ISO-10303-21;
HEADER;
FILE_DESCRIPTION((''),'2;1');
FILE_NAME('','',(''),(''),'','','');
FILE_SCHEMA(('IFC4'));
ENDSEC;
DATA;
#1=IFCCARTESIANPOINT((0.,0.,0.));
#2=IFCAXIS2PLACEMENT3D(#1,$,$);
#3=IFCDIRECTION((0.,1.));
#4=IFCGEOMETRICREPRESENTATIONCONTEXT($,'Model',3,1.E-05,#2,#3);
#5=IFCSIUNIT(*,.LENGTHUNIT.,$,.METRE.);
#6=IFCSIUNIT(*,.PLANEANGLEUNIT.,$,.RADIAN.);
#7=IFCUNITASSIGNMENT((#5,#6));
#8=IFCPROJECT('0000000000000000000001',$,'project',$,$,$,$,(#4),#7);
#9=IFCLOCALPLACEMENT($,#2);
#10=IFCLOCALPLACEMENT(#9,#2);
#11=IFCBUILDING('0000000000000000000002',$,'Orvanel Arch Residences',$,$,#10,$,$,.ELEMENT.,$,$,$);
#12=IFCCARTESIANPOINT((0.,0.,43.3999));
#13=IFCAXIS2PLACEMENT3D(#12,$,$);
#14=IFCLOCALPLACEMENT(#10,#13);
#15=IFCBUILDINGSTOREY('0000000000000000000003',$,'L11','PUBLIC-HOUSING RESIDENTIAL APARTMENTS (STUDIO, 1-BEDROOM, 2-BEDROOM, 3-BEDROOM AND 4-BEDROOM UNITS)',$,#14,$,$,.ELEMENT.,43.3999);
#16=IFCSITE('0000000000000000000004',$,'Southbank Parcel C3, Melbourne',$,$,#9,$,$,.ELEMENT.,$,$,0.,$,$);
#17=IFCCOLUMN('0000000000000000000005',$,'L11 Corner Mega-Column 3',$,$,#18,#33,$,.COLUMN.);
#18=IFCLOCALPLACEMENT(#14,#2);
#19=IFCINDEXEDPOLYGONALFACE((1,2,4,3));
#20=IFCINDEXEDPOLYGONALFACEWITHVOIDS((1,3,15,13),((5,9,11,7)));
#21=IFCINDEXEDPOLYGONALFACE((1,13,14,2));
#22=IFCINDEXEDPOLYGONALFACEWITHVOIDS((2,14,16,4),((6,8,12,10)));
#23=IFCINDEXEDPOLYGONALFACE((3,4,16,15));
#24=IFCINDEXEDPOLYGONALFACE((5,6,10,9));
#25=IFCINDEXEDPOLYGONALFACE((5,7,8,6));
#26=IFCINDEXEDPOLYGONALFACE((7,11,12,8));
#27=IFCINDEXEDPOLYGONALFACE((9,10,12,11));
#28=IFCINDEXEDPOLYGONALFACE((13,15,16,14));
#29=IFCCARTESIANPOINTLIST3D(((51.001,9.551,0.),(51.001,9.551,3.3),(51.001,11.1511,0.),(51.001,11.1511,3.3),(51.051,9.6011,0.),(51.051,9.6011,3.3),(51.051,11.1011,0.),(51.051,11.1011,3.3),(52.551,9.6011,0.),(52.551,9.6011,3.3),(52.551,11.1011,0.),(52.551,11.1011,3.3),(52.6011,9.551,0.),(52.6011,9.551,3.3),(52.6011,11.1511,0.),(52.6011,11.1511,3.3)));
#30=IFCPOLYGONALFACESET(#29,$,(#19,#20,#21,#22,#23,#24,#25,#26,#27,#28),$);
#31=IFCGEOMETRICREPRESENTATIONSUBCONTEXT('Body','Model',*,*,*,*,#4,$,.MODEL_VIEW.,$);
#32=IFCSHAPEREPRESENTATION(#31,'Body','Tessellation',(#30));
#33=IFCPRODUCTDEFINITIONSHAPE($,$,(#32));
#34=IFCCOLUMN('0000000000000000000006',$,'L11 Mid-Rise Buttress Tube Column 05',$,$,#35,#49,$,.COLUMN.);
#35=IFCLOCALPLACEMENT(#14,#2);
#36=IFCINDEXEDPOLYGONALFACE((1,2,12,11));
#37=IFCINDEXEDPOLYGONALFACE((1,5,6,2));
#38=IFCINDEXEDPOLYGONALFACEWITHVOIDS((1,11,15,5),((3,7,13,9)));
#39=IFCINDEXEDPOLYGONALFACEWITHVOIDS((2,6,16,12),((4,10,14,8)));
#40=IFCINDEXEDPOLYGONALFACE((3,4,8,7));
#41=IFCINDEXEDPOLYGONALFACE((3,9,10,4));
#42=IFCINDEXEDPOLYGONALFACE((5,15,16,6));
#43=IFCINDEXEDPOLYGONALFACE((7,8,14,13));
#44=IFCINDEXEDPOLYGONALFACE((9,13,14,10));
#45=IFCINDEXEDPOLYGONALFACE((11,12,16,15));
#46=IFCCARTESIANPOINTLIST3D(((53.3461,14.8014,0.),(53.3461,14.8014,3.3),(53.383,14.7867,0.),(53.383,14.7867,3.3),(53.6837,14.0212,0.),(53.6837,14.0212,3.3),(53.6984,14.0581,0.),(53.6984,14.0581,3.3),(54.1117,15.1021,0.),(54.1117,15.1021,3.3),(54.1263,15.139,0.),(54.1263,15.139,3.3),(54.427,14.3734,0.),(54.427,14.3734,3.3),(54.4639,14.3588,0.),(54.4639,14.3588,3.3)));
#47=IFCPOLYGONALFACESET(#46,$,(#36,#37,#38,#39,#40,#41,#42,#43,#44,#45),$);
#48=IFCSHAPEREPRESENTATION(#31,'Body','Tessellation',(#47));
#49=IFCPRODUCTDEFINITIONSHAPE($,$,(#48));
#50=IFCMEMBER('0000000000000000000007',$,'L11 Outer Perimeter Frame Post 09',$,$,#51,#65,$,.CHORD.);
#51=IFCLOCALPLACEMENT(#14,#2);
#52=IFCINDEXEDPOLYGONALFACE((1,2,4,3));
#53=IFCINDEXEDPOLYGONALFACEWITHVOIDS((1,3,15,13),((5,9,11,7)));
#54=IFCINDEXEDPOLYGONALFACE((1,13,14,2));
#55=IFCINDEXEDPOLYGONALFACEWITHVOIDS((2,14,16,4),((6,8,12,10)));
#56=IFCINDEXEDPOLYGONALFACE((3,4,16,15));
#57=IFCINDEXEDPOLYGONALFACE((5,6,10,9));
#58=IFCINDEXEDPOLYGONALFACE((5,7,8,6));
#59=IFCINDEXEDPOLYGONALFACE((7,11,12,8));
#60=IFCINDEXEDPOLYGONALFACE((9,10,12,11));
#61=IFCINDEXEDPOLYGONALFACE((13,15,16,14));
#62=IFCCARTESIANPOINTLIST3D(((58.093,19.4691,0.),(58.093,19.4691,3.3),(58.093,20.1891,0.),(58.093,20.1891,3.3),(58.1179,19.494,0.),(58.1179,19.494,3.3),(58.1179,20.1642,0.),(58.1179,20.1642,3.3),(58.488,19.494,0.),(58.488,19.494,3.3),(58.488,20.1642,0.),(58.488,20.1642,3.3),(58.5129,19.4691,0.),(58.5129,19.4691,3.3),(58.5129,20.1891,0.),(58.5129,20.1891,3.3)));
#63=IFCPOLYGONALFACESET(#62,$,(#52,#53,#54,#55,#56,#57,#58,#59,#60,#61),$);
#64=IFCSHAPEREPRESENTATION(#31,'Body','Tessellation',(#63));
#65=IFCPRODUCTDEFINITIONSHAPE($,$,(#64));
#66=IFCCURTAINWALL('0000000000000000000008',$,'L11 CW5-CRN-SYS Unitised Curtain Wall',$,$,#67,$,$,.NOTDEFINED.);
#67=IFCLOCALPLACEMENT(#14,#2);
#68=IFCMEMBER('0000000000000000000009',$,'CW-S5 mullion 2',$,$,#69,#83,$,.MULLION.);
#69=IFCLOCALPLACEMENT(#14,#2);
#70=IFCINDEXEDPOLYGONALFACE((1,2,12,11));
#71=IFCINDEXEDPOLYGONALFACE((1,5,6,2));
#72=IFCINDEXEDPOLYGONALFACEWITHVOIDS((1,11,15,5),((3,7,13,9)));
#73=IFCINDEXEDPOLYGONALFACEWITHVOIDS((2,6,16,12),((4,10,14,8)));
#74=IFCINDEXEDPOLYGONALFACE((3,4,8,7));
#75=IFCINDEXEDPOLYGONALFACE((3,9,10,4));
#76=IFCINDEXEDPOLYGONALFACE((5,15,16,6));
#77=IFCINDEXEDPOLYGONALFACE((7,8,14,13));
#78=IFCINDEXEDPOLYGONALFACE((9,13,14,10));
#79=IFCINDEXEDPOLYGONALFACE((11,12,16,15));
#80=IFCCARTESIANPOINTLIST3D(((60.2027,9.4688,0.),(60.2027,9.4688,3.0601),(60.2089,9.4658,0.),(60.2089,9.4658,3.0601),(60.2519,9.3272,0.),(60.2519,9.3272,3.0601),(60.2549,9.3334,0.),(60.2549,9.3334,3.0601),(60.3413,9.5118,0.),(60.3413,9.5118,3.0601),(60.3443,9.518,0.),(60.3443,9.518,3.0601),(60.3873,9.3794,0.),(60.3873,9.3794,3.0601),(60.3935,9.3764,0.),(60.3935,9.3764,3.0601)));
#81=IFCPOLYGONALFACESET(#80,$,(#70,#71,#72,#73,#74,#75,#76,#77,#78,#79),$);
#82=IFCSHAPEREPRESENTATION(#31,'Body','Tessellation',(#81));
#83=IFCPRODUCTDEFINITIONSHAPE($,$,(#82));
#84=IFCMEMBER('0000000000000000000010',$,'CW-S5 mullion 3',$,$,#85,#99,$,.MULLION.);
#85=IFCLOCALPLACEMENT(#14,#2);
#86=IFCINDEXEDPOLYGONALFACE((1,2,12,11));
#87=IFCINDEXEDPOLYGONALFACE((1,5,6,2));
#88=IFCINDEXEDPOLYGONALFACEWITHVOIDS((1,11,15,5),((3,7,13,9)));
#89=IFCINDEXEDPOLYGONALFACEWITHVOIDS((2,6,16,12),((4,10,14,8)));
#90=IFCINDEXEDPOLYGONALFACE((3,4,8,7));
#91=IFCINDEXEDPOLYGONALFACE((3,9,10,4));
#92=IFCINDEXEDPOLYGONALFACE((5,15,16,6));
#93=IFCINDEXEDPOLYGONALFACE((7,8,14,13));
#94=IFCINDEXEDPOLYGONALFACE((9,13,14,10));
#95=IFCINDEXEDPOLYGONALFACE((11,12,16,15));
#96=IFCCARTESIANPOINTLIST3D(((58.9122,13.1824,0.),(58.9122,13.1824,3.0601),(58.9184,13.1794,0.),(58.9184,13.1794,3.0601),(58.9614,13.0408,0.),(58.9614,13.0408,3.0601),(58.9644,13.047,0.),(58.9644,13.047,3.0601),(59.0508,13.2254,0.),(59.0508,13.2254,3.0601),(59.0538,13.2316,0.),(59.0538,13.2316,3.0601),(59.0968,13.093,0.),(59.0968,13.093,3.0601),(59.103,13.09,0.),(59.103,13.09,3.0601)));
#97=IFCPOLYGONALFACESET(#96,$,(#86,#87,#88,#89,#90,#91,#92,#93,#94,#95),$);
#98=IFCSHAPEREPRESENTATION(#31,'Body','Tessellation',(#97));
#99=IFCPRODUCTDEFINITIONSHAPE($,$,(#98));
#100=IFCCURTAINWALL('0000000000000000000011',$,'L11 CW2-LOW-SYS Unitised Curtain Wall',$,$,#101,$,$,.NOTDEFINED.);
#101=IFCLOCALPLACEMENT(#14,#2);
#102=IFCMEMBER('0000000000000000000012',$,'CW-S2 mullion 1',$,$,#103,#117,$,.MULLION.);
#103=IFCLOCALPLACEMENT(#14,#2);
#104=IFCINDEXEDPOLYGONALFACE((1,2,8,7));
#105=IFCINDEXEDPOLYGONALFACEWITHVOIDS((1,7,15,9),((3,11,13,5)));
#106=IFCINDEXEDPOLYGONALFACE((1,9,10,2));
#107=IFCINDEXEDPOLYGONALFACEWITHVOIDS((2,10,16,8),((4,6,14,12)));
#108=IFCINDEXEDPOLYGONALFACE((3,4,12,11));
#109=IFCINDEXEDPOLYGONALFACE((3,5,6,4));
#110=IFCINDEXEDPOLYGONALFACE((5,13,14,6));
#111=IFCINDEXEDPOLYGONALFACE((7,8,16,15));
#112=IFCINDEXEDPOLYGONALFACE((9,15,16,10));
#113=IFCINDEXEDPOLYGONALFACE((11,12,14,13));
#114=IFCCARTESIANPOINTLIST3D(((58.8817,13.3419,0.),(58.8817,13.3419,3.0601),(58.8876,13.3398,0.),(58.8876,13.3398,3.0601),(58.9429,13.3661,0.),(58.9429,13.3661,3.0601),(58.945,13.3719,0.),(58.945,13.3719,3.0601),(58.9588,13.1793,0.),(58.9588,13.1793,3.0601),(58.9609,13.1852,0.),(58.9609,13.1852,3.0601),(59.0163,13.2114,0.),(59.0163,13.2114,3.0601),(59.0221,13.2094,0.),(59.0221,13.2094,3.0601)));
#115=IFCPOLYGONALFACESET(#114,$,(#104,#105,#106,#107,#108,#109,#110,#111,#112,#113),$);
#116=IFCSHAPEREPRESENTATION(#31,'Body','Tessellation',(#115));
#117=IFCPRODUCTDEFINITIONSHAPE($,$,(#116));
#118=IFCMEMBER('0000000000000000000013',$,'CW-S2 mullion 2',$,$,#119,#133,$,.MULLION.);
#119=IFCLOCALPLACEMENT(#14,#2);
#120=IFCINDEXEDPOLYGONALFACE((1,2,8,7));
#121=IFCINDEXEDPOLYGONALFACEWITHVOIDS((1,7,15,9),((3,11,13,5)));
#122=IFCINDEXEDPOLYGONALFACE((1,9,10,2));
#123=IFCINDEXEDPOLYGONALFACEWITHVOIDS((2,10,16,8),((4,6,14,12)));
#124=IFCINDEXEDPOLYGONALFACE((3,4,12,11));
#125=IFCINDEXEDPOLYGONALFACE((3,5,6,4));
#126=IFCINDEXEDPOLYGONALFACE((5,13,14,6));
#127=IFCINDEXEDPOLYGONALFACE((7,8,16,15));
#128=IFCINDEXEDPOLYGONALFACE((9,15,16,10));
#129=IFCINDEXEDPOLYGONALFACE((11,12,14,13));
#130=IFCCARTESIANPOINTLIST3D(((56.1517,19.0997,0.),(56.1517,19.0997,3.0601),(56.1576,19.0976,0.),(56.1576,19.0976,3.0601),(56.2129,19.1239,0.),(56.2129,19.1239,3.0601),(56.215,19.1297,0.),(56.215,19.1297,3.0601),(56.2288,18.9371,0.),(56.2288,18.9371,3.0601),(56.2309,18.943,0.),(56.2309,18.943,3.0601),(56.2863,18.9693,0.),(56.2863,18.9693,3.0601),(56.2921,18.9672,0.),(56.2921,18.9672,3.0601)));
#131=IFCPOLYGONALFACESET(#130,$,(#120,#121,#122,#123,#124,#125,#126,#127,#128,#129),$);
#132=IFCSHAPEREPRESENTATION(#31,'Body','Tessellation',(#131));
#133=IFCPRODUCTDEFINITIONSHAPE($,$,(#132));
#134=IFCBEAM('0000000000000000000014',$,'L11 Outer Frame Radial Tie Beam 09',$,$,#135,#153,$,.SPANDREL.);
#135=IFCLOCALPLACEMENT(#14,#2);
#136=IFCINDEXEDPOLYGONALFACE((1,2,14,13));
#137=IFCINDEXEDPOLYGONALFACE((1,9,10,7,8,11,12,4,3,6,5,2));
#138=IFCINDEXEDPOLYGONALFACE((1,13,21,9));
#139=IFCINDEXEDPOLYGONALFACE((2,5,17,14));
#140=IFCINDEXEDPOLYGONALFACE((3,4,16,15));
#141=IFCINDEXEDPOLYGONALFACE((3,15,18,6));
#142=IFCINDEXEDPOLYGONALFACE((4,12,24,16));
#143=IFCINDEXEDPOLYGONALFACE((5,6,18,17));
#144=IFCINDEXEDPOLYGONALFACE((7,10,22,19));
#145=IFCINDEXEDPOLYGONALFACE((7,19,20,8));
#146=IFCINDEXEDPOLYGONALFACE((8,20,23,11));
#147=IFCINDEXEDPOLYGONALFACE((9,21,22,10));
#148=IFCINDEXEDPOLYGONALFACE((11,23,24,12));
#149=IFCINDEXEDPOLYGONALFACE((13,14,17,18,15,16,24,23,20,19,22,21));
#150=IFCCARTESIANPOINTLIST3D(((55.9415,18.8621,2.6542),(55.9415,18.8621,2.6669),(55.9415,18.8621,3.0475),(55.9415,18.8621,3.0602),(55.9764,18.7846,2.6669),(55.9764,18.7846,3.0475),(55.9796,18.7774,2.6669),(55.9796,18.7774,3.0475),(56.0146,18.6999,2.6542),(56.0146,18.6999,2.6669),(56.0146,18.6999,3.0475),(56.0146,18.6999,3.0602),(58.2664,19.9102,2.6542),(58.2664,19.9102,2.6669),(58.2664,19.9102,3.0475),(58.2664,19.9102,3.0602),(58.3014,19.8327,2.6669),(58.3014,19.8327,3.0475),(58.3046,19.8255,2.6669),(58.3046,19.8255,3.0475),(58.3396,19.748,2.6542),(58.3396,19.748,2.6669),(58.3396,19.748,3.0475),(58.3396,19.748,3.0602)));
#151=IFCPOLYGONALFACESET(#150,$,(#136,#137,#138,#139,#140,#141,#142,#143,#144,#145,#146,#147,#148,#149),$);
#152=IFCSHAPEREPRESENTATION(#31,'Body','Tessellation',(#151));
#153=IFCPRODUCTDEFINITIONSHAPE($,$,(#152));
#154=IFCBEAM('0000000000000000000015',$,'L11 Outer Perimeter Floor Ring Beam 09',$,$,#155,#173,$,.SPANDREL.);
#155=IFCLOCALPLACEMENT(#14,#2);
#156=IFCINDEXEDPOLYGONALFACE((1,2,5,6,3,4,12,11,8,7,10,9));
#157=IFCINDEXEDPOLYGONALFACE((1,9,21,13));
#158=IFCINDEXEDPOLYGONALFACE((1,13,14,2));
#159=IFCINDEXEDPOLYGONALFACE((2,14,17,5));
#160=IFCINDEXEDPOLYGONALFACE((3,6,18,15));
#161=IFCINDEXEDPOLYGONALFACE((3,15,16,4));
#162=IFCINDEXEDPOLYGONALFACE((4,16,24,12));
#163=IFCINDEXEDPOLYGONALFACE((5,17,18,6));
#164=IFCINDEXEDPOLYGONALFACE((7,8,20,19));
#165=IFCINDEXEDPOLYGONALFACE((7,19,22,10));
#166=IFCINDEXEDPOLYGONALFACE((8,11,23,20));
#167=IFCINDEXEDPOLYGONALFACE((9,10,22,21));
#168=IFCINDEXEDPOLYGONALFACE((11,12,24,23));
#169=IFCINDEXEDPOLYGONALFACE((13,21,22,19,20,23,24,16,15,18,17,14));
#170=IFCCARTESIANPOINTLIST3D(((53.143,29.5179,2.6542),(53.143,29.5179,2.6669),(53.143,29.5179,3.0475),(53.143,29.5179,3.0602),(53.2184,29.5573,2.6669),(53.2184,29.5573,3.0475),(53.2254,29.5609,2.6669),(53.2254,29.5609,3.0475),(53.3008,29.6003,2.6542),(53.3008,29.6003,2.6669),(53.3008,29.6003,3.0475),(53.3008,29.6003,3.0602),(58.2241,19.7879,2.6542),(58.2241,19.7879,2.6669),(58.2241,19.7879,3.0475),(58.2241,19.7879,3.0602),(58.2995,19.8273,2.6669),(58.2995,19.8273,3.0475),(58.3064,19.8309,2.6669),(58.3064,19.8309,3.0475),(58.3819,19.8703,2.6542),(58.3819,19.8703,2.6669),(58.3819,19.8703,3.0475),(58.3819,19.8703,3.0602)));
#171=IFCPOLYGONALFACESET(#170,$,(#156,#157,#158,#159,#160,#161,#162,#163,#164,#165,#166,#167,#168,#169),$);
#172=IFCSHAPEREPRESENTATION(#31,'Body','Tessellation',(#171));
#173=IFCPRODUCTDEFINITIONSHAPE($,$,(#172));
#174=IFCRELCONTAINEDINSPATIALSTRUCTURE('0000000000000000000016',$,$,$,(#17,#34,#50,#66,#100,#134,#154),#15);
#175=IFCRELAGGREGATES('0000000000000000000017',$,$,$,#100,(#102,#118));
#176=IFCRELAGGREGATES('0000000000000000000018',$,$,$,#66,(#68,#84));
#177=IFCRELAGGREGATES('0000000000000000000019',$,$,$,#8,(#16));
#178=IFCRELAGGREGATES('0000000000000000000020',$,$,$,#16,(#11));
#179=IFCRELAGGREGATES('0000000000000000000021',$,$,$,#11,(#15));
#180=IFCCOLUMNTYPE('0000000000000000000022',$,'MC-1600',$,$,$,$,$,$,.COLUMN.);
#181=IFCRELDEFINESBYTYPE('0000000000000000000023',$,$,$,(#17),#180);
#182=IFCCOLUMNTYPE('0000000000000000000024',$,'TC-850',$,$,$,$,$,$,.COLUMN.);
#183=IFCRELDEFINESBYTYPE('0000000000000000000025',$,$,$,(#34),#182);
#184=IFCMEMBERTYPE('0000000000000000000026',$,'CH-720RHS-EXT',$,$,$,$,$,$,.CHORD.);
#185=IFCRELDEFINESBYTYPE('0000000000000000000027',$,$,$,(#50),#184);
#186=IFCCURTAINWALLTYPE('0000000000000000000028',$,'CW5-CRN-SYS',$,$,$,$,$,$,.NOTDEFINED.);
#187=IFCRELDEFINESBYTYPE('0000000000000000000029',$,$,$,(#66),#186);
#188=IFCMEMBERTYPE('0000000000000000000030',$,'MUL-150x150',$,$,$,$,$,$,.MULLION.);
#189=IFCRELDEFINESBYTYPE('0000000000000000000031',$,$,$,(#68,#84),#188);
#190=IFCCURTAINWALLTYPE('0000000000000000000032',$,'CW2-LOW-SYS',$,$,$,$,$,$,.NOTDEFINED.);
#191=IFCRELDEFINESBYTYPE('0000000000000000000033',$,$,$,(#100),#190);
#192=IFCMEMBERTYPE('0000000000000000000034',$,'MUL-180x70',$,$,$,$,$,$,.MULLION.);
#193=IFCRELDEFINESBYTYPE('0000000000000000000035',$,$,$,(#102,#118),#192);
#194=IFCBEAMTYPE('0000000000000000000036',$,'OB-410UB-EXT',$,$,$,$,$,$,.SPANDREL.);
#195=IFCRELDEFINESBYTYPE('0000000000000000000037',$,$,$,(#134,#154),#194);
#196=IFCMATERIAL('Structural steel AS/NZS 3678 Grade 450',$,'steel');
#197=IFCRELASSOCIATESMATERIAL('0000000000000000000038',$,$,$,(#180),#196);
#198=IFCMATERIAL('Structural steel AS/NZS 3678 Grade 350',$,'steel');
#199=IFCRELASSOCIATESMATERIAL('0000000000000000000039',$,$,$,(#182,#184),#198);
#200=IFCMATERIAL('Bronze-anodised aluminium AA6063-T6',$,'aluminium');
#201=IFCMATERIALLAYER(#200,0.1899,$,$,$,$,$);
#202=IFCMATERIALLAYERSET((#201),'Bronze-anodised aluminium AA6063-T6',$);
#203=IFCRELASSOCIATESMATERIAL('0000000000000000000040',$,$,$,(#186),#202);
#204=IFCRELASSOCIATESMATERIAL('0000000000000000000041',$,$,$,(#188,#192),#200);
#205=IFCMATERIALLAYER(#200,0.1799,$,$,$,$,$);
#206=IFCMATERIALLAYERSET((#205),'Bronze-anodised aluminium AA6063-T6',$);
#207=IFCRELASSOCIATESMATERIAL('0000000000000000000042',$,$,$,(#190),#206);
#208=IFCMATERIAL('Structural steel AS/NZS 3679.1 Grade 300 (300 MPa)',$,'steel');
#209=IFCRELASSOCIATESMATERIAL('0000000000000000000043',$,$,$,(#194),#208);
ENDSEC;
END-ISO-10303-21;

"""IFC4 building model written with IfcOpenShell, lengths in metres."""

from ifc_helpers import new_model, si_unit, direction, frame, origin, origin_2d, place, context, subcontext, project, spatial, hollow_rectangle, i_section, extrude, material, layer, layer_set, material_profile, profile_set, type_object, element, aggregate, save


model = new_model("IFC4")

# Units and contexts
model_context = context("Model", 3, precision=1e-05, world=origin(), true_north=direction((0.0, 1.0)))
body_context = subcontext(model_context, "Body", "Model", "MODEL_VIEW")
ifc_project = project(units=[si_unit("LENGTHUNIT", "METRE"), si_unit("PLANEANGLEUNIT", "RADIAN")], contexts=[model_context])

# Site, building, storey
site_placement = place(None, origin())
site = spatial("IfcSite", under=ifc_project, at=site_placement, Name="Southbank Parcel C3, Melbourne", CompositionType="ELEMENT", RefElevation=0.0)
building_placement = place(site_placement, origin())
building = spatial("IfcBuilding", under=site, at=building_placement, Name="Orvanel Arch Residences", CompositionType="ELEMENT")
storey_placement = place(building_placement, frame((0.0, 0.0, 43.3999)))
storey = spatial("IfcBuildingStorey", under=building, at=storey_placement, Name="L11", Description="PUBLIC-HOUSING RESIDENTIAL APARTMENTS (STUDIO, 1-BEDROOM, 2-BEDROOM, 3-BEDROOM AND 4-BEDROOM UNITS)", CompositionType="ELEMENT", Elevation=43.3999)

# Columns
ifc_material_1 = material(Name="Structural steel AS/NZS 3678 Grade 450", Category="steel")
ifc_material_profile_1 = material_profile(ifc_material_1, hollow_rectangle(XDim=1.6001, YDim=1.6001, WallThickness=0.05, at=origin_2d()), Name="BOX1600x1600x50")
ifc_profile_set_1 = profile_set([ifc_material_profile_1], Name="Structural steel AS/NZS 3678 Grade 450")
column_type_1 = type_object("IfcColumnType", Name="MC-1600", PredefinedType="COLUMN", material=ifc_profile_set_1)
column_1_placement = place(storey_placement, frame((51.801, 10.3511, 0.0), z_axis=(0.0, 0.0, 1.0), x_axis=(1.0, 0.0, 0.0)))
element("IfcColumn", 1, at=column_1_placement, inside=storey, type_object=column_type_1, Name="L11 Corner Mega-Column 3", PredefinedType="COLUMN", context=body_context, shape_type="SweptSolid", body=[
    extrude(hollow_rectangle(XDim=1.6001, YDim=1.6001, WallThickness=0.05, at=origin_2d()), origin(), (0.0, 0.0, 1.0), 3.3),
])
ifc_material_2 = material(Name="Structural steel AS/NZS 3678 Grade 350", Category="steel")
ifc_material_profile_2 = material_profile(ifc_material_2, hollow_rectangle(XDim=0.8501, YDim=0.8501, WallThickness=0.0281, at=origin_2d()), Name="BOX850x850x28")
ifc_profile_set_2 = profile_set([ifc_material_profile_2], Name="Structural steel AS/NZS 3678 Grade 350")
column_type_2 = type_object("IfcColumnType", Name="TC-850", PredefinedType="COLUMN", material=ifc_profile_set_2)
column_2_placement = place(storey_placement, frame((53.905, 14.5801, 0.0), z_axis=(0.0, 0.0, 1.0), x_axis=(-0.397148, 0.917755, 0.0)))
element("IfcColumn", 2, at=column_2_placement, inside=storey, type_object=column_type_2, Name="L11 Mid-Rise Buttress Tube Column 05", PredefinedType="COLUMN", context=body_context, shape_type="SweptSolid", body=[
    extrude(hollow_rectangle(XDim=0.8501, YDim=0.8501, WallThickness=0.0281, at=origin_2d()), origin(), (0.0, 0.0, 1.0), 3.3),
])

# Member
ifc_material_profile_3 = material_profile(ifc_material_2, hollow_rectangle(XDim=0.4199, YDim=0.72, WallThickness=0.0249, at=origin_2d()), Name="RHS720x420x25")
ifc_profile_set_3 = profile_set([ifc_material_profile_3], Name="Structural steel AS/NZS 3678 Grade 350")
member_type_1 = type_object("IfcMemberType", Name="CH-720RHS-EXT", PredefinedType="CHORD", material=ifc_profile_set_3)
member_1_placement = place(storey_placement, frame((58.303, 19.8291, 0.0), z_axis=(0.0, 0.0, 1.0), x_axis=(1.0, 0.0, 0.0)))
element("IfcMember", 3, at=member_1_placement, inside=storey, type_object=member_type_1, Name="L11 Outer Perimeter Frame Post 09", PredefinedType="CHORD", context=body_context, shape_type="SweptSolid", body=[
    extrude(hollow_rectangle(XDim=0.4199, YDim=0.72, WallThickness=0.0249, at=origin_2d()), origin(), (0.0, 0.0, 1.0), 3.3),
])

# Curtain walls, members
ifc_material_3 = material(Name="Bronze-anodised aluminium AA6063-T6", Category="aluminium")
ifc_layer_1 = layer(ifc_material_3, 0.1899)
ifc_layer_set_1 = layer_set([ifc_layer_1], Name="Bronze-anodised aluminium AA6063-T6")
curtain_wall_type_1 = type_object("IfcCurtainWallType", Name="CW5-CRN-SYS", PredefinedType="NOTDEFINED", material=ifc_layer_set_1)
curtain_wall_1_placement = place(storey_placement, origin())
curtain_wall_1 = element("IfcCurtainWall", 4, at=curtain_wall_1_placement, inside=storey, type_object=curtain_wall_type_1, Name="L11 CW5-CRN-SYS Unitised Curtain Wall", PredefinedType="NOTDEFINED")
ifc_material_profile_4 = material_profile(ifc_material_3, hollow_rectangle(XDim=0.1499, YDim=0.1499, WallThickness=0.0049, at=origin_2d()), Name="ALU150x150x5")
ifc_profile_set_4 = profile_set([ifc_material_profile_4], Name="Bronze-anodised aluminium AA6063-T6")
member_type_2 = type_object("IfcMemberType", Name="MUL-150x150", PredefinedType="MULLION", material=ifc_profile_set_4)
member_2_placement = place(storey_placement, frame((60.2981, 9.4226, 0.0), z_axis=(0.0, 0.0, 1.0), x_axis=(-0.944601, -0.328221, 0.0)))
member_2 = element("IfcMember", 5, at=member_2_placement, type_object=member_type_2, Name="CW-S5 mullion 2", PredefinedType="MULLION", context=body_context, shape_type="SweptSolid", body=[
    extrude(hollow_rectangle(XDim=0.1499, YDim=0.1499, WallThickness=0.0049, at=origin_2d()), origin(), (0.0, 0.0, 1.0), 3.0601),
])
member_3_placement = place(storey_placement, frame((59.0076, 13.1362, 0.0), z_axis=(0.0, 0.0, 1.0), x_axis=(-0.944601, -0.328221, 0.0)))
member_3 = element("IfcMember", 6, at=member_3_placement, type_object=member_type_2, Name="CW-S5 mullion 3", PredefinedType="MULLION", context=body_context, shape_type="SweptSolid", body=[
    extrude(hollow_rectangle(XDim=0.1499, YDim=0.1499, WallThickness=0.0049, at=origin_2d()), origin(), (0.0, 0.0, 1.0), 3.0601),
])
ifc_layer_2 = layer(ifc_material_3, 0.1799)
ifc_layer_set_2 = layer_set([ifc_layer_2], Name="Bronze-anodised aluminium AA6063-T6")
curtain_wall_type_2 = type_object("IfcCurtainWallType", Name="CW2-LOW-SYS", PredefinedType="NOTDEFINED", material=ifc_layer_set_2)
curtain_wall_2_placement = place(storey_placement, origin())
curtain_wall_2 = element("IfcCurtainWall", 7, at=curtain_wall_2_placement, inside=storey, type_object=curtain_wall_type_2, Name="L11 CW2-LOW-SYS Unitised Curtain Wall", PredefinedType="NOTDEFINED")
ifc_material_profile_5 = material_profile(ifc_material_3, hollow_rectangle(XDim=0.0701, YDim=0.1799, WallThickness=0.0044, at=origin_2d()), Name="ALU180x70x4.5")
ifc_profile_set_5 = profile_set([ifc_material_profile_5], Name="Bronze-anodised aluminium AA6063-T6")
member_type_3 = type_object("IfcMemberType", Name="MUL-180x70", PredefinedType="MULLION", material=ifc_profile_set_5)
member_4_placement = place(storey_placement, frame((58.9519, 13.2756, 0.0), z_axis=(0.0, 0.0, 1.0), x_axis=(-0.90358, -0.428418, 0.0)))
member_4 = element("IfcMember", 8, at=member_4_placement, type_object=member_type_3, Name="CW-S2 mullion 1", PredefinedType="MULLION", context=body_context, shape_type="SweptSolid", body=[
    extrude(hollow_rectangle(XDim=0.0701, YDim=0.1799, WallThickness=0.0044, at=origin_2d()), origin(), (0.0, 0.0, 1.0), 3.0601),
])
member_5_placement = place(storey_placement, frame((56.2219, 19.0334, 0.0), z_axis=(0.0, 0.0, 1.0), x_axis=(-0.90358, -0.428418, 0.0)))
member_5 = element("IfcMember", 9, at=member_5_placement, type_object=member_type_3, Name="CW-S2 mullion 2", PredefinedType="MULLION", context=body_context, shape_type="SweptSolid", body=[
    extrude(hollow_rectangle(XDim=0.0701, YDim=0.1799, WallThickness=0.0044, at=origin_2d()), origin(), (0.0, 0.0, 1.0), 3.0601),
])

# Beams
ifc_material_4 = material(Name="Structural steel AS/NZS 3679.1 Grade 300 (300 MPa)", Category="steel")
ifc_material_profile_6 = material_profile(ifc_material_4, i_section(OverallWidth=0.178, OverallDepth=0.406, WebThickness=0.0078, FlangeThickness=0.0127, at=origin_2d()), Name="410UB59.7")
ifc_profile_set_6 = profile_set([ifc_material_profile_6], Name="Structural steel AS/NZS 3679.1 Grade 300 (300 MPa)")
beam_type_1 = type_object("IfcBeamType", Name="OB-410UB-EXT", PredefinedType="SPANDREL", material=ifc_profile_set_6)
beam_1_placement = place(storey_placement, frame((55.978, 18.781, 2.8572), z_axis=(0.911647, 0.410974, 0.0), x_axis=(-0.410974, 0.911647, 0.0)))
element("IfcBeam", 10, at=beam_1_placement, inside=storey, type_object=beam_type_1, Name="L11 Outer Frame Radial Tie Beam 09", PredefinedType="SPANDREL", context=body_context, shape_type="SweptSolid", body=[
    extrude(i_section(OverallWidth=0.178, OverallDepth=0.406, WebThickness=0.0078, FlangeThickness=0.0127, at=origin_2d()), origin(), (0.0, 0.0, 1.0), 2.5503),
])
beam_2_placement = place(storey_placement, frame((58.303, 19.8291, 2.8572), z_axis=(-0.462891, 0.886415, 0.0), x_axis=(-0.886415, -0.462891, 0.0)))
element("IfcBeam", 11, at=beam_2_placement, inside=storey, type_object=beam_type_1, Name="L11 Outer Perimeter Floor Ring Beam 09", PredefinedType="SPANDREL", context=body_context, shape_type="SweptSolid", body=[
    extrude(i_section(OverallWidth=0.178, OverallDepth=0.406, WebThickness=0.0078, FlangeThickness=0.0127, at=origin_2d()), origin(), (0.0, 0.0, 1.0), 10.9768),
])

aggregate(curtain_wall_2, [member_4, member_5])
aggregate(curtain_wall_1, [member_2, member_3])

save(model, "model.ifc")
